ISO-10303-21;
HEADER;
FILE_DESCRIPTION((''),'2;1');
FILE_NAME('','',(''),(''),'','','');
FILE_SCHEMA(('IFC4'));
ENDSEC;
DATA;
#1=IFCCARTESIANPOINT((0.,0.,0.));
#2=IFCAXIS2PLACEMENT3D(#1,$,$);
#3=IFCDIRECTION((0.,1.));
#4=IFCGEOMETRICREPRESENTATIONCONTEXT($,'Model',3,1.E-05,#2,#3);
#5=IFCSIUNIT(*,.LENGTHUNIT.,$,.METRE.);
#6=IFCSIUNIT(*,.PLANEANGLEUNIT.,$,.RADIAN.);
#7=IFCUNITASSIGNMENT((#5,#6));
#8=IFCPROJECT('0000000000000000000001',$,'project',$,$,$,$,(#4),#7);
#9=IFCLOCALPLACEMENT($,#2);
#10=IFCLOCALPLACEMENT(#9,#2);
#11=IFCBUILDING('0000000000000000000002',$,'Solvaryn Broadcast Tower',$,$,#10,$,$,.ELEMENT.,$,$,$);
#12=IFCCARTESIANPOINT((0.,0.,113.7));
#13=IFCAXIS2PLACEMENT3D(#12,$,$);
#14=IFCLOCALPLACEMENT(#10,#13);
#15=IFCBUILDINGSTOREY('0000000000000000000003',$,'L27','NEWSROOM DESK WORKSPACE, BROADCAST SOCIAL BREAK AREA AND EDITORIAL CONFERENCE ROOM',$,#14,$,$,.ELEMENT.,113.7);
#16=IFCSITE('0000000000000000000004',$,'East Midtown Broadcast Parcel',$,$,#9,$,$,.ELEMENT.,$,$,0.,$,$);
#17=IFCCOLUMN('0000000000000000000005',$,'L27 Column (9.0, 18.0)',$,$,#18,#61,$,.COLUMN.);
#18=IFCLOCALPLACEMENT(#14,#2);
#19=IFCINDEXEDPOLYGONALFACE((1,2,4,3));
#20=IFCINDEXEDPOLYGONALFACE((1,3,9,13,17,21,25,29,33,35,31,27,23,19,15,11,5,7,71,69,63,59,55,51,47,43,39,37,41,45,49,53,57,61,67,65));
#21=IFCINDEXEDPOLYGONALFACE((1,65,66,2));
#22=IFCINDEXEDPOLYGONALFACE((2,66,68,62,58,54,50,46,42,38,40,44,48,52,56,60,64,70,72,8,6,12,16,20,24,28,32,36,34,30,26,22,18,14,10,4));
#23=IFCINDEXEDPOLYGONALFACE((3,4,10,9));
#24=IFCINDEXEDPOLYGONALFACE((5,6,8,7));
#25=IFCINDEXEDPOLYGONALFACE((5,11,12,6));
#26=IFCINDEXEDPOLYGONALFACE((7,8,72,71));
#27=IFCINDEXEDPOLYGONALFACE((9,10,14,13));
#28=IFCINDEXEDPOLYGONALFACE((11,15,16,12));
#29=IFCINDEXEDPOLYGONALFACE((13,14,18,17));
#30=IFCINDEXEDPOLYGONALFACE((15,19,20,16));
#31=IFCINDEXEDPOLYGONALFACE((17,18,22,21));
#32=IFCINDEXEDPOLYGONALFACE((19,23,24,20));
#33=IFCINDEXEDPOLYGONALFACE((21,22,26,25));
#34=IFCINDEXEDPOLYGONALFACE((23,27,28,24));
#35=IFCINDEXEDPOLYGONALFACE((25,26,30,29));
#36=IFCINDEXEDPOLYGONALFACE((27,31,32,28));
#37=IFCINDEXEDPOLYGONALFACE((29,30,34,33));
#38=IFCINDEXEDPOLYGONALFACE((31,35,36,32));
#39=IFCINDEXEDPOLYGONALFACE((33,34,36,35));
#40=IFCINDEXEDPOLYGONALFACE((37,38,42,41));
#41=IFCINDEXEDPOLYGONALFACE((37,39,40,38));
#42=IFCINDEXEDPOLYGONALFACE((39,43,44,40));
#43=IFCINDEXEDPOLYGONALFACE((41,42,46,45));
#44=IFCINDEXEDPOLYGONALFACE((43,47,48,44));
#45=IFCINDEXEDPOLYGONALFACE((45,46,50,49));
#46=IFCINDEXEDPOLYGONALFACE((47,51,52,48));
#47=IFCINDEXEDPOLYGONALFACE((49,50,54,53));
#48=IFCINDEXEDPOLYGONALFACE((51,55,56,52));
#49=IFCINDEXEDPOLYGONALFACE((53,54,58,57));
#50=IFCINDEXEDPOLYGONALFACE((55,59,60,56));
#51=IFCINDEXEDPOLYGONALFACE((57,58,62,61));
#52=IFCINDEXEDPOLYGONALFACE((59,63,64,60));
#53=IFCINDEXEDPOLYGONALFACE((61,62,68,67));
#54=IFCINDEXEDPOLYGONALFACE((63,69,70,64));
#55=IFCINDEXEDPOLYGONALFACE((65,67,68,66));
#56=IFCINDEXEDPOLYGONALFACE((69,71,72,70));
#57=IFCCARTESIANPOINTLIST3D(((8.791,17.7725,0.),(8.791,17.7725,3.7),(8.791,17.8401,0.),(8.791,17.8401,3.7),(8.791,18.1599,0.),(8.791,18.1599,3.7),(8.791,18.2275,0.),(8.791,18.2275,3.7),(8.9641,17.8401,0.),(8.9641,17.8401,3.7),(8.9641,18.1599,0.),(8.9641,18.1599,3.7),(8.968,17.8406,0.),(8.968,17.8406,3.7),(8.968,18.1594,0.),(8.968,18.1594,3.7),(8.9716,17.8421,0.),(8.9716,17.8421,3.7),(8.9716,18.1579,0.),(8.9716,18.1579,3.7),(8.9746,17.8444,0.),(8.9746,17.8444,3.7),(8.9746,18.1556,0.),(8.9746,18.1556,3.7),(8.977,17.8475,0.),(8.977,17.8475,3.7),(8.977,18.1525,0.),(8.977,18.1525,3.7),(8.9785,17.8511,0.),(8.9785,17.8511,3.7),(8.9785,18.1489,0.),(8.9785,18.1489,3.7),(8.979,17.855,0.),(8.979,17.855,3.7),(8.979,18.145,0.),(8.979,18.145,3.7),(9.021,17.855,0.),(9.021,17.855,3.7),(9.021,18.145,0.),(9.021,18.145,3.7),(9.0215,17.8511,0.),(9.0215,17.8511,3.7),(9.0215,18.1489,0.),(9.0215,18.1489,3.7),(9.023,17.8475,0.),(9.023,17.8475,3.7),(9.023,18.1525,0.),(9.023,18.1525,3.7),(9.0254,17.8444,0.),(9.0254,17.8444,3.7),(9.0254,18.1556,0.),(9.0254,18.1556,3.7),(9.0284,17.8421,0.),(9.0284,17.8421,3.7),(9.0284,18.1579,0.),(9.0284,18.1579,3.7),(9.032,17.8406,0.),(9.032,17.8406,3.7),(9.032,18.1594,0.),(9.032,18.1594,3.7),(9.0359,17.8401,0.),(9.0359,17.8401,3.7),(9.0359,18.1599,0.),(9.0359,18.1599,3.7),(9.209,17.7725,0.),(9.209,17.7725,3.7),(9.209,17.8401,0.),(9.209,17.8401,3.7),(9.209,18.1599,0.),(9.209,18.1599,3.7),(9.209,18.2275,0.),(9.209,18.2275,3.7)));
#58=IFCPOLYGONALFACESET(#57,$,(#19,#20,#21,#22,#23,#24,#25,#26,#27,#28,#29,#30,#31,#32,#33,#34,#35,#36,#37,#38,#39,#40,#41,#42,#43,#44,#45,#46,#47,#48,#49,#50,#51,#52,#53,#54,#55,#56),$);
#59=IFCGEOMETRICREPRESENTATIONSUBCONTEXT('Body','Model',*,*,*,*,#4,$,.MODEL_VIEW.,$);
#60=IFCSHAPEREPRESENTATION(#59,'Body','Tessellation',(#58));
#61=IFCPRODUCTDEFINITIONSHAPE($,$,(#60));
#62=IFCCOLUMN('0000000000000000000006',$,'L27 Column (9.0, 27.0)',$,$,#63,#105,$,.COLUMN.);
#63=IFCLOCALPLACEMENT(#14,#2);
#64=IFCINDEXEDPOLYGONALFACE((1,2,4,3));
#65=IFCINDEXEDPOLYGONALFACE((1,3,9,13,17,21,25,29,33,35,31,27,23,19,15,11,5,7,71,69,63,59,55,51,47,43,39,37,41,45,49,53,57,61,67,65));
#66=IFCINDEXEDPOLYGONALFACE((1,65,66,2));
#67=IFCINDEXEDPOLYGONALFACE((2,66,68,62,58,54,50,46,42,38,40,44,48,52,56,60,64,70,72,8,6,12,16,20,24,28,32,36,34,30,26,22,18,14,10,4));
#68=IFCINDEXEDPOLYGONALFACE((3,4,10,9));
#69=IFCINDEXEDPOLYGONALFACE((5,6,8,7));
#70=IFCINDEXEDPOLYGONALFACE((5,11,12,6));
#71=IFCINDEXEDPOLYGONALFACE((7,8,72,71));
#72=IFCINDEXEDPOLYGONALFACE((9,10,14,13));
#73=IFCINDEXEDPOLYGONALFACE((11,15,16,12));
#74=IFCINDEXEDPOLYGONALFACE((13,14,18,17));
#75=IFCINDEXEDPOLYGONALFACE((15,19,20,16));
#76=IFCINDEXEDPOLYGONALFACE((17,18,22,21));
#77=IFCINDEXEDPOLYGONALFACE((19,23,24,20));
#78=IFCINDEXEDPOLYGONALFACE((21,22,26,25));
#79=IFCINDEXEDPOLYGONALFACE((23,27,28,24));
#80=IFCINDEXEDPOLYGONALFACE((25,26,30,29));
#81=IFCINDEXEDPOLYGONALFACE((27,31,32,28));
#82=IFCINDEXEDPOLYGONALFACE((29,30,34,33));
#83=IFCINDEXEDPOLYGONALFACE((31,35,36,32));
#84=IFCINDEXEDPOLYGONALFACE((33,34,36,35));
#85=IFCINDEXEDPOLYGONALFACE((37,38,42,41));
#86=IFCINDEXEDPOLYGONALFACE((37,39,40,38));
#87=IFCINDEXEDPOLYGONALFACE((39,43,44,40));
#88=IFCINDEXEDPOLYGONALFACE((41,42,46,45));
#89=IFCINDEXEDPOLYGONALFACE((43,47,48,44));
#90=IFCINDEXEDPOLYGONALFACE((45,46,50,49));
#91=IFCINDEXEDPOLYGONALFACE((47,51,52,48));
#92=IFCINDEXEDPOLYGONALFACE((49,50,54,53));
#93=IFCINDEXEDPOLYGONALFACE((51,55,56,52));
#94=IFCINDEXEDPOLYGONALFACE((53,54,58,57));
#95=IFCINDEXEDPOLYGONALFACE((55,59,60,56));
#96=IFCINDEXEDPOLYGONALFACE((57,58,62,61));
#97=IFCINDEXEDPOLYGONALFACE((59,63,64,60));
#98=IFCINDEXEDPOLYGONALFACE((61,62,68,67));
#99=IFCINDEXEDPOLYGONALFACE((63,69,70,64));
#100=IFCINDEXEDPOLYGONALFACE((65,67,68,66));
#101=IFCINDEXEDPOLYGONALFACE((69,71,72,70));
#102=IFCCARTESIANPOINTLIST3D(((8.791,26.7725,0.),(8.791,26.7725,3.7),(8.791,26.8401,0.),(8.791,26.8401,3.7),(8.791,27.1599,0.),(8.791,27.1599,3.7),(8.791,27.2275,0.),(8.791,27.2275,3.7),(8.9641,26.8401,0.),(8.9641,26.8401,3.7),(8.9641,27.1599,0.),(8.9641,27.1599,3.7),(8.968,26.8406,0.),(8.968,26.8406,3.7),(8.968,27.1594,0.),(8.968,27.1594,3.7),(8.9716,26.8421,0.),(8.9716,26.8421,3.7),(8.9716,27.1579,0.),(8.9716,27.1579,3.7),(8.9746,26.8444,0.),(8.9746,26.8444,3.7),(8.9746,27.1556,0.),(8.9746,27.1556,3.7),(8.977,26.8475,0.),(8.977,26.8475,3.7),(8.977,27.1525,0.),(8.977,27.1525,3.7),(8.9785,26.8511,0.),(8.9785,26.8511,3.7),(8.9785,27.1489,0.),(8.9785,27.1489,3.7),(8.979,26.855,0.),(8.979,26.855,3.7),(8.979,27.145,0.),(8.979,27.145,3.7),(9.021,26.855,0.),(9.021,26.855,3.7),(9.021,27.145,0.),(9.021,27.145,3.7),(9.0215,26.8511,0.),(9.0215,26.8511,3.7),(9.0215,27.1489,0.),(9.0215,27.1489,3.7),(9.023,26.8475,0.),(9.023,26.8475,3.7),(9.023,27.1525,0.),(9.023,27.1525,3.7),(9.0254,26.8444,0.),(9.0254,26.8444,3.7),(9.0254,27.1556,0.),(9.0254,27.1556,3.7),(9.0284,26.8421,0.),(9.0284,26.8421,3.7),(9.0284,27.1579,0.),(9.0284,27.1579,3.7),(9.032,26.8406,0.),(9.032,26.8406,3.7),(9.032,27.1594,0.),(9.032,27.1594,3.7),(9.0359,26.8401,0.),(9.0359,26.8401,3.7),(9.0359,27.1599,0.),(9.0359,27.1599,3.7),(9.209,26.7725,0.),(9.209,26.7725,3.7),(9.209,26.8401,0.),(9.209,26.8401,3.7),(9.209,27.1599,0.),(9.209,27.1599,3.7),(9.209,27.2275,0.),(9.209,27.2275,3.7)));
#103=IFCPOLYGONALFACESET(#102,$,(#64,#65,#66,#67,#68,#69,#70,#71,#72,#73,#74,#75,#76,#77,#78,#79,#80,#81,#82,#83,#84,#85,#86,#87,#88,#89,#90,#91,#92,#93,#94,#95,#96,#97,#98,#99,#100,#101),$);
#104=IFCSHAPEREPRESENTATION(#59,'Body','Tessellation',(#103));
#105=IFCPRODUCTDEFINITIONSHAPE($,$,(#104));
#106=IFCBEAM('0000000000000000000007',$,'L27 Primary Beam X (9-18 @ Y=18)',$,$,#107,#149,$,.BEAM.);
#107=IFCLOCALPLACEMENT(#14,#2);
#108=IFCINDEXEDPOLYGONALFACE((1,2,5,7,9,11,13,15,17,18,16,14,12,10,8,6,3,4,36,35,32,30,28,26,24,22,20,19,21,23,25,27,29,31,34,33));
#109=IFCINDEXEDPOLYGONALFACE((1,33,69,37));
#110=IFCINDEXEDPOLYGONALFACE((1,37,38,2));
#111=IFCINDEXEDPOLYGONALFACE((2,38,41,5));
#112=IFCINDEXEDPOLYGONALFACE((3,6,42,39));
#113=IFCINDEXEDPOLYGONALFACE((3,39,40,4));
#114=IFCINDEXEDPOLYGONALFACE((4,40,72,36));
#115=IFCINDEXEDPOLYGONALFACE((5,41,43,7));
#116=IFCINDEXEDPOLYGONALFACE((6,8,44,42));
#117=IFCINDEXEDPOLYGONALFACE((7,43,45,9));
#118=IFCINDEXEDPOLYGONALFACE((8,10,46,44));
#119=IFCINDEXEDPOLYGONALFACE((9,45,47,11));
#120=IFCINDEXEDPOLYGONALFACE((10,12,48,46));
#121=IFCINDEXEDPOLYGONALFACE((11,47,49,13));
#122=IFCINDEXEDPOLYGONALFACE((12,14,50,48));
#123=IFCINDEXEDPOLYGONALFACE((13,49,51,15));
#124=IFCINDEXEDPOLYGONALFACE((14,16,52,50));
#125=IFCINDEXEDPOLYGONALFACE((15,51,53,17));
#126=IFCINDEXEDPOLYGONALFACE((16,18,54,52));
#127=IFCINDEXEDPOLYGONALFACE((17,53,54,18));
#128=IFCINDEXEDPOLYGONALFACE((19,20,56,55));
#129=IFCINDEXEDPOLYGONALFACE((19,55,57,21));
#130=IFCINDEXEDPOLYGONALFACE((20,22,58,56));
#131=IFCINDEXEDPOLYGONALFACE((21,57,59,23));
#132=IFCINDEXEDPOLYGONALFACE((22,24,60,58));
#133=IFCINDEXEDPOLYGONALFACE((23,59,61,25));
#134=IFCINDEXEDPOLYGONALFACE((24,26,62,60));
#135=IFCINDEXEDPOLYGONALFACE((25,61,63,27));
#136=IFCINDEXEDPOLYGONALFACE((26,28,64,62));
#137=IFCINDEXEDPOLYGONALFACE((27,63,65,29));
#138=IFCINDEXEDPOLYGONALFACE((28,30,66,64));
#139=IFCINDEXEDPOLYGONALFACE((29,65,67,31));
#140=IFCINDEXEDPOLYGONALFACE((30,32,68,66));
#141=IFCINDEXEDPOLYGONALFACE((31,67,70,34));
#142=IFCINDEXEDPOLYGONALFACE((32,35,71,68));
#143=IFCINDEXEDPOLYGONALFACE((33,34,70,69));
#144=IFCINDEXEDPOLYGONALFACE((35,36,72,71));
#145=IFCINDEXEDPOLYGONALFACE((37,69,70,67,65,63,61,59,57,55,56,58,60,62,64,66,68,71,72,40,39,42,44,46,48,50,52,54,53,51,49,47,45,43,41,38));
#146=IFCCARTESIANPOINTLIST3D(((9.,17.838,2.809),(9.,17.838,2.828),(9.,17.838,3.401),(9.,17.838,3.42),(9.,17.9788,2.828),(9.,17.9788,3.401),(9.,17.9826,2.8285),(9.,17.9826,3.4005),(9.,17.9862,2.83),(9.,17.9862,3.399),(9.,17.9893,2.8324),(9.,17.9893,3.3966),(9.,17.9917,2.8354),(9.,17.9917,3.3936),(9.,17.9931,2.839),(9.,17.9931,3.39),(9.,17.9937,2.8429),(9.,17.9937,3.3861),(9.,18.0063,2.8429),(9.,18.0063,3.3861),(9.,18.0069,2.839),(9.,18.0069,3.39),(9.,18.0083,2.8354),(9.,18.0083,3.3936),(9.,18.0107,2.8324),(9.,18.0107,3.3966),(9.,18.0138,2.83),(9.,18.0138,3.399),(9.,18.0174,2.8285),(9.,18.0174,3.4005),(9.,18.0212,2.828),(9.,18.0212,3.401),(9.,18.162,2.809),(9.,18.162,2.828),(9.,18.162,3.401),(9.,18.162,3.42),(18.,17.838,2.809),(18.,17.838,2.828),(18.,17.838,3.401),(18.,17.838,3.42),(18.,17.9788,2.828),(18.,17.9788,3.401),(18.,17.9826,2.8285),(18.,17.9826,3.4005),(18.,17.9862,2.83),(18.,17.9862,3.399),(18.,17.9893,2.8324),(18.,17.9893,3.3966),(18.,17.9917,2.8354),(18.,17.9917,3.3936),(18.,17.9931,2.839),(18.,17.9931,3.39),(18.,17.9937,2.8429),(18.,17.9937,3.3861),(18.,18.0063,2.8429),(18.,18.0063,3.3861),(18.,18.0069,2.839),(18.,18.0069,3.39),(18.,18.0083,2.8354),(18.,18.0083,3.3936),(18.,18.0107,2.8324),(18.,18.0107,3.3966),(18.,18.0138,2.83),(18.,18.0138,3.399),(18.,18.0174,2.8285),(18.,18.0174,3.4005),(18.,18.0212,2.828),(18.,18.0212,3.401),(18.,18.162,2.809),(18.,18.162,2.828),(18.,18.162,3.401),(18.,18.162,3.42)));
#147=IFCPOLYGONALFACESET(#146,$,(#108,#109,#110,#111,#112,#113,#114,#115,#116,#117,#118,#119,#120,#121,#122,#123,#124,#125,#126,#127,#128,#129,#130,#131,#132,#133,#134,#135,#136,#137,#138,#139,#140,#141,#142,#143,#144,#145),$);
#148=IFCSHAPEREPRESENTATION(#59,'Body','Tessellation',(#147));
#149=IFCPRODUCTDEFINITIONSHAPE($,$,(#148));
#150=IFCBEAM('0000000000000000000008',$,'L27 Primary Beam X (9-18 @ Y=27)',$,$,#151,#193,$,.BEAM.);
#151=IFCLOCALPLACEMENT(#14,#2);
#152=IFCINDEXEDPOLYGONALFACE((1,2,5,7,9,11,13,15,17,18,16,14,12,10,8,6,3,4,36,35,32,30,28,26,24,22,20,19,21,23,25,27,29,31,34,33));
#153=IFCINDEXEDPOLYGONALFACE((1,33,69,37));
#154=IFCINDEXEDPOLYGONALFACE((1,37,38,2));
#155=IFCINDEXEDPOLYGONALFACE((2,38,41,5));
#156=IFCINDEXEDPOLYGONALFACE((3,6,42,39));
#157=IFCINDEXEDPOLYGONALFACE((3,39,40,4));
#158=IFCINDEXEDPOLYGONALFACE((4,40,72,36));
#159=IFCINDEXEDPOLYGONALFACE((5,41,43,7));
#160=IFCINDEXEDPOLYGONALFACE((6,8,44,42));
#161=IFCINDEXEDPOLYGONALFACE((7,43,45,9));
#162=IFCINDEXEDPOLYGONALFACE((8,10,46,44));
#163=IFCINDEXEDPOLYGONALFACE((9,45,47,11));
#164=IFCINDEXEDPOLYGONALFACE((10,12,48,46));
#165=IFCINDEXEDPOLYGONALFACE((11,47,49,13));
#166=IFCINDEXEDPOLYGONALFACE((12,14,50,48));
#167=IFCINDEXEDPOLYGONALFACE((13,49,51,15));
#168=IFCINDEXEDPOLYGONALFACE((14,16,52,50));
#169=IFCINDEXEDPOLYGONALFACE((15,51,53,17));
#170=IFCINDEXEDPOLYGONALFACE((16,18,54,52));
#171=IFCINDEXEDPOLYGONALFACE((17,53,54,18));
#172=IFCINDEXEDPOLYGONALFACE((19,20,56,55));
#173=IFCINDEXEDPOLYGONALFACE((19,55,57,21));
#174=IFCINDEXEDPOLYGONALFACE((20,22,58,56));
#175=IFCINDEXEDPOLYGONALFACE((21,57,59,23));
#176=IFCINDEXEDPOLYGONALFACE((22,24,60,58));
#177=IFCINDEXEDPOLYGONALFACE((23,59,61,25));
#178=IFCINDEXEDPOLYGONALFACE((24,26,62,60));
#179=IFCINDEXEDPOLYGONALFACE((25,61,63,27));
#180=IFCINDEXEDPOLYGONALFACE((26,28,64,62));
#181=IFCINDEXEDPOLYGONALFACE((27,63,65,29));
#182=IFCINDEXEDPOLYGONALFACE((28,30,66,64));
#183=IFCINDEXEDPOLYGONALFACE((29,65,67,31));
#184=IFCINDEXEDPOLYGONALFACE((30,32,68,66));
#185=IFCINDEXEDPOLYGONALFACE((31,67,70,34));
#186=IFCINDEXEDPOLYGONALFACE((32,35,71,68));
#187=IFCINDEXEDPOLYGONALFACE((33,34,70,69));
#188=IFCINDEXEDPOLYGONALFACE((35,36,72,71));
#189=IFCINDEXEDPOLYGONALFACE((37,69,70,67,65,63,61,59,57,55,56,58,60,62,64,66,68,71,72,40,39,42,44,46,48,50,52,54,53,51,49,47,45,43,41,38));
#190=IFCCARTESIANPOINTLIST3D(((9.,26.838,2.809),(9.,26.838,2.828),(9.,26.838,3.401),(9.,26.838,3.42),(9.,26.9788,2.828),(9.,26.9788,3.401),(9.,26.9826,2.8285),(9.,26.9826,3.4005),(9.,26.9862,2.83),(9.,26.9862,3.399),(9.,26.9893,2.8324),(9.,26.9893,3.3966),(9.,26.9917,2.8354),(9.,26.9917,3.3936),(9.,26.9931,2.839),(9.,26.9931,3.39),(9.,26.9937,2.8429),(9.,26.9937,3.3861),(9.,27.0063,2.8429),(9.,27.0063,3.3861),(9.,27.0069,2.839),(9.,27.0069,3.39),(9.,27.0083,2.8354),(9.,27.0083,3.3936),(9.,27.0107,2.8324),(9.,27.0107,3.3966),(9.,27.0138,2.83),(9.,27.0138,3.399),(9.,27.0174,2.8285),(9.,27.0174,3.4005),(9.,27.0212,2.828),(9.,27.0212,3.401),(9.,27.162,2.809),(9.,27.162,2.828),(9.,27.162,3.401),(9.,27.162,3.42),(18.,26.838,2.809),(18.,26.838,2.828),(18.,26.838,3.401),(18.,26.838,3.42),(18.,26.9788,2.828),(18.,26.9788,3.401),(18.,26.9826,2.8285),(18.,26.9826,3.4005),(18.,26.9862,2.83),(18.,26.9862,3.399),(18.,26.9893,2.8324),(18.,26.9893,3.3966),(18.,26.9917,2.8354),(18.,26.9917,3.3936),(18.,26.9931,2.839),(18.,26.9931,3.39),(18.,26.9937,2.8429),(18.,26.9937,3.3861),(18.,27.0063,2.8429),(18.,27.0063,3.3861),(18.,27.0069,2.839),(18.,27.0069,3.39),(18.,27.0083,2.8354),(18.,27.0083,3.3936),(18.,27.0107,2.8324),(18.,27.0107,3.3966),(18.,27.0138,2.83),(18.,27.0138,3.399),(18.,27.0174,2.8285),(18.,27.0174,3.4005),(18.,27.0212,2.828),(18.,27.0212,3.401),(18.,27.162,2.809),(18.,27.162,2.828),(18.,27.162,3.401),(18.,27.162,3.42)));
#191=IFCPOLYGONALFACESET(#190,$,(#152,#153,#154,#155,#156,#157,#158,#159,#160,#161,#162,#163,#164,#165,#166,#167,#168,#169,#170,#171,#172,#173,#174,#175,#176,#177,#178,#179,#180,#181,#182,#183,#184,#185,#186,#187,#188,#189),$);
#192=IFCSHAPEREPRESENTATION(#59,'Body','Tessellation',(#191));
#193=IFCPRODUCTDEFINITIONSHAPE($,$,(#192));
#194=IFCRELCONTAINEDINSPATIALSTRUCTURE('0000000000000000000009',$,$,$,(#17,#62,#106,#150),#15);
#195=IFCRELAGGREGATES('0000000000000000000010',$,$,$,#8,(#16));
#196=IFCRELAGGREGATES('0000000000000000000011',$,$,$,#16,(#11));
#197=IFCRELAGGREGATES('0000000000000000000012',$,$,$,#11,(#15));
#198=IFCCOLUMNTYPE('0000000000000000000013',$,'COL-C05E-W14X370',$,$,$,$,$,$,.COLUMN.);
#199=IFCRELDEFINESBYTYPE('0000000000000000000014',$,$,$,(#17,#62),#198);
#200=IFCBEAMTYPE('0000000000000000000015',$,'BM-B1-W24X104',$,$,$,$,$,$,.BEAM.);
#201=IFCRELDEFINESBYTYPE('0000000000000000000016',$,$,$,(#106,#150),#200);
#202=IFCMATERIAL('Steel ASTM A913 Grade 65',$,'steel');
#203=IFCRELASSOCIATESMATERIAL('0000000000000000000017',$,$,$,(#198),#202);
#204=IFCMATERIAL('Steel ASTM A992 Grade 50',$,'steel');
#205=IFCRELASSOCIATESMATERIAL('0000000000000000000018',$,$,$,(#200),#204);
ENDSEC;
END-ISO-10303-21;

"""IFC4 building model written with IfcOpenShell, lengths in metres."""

from ifc_helpers import new_model, si_unit, direction, frame, origin, origin_2d, place, context, subcontext, project, spatial, i_section, extrude, material, material_profile, profile_set, type_object, element, save


model = new_model("IFC4")

# Units and contexts
model_context = context("Model", 3, precision=1e-05, world=origin(), true_north=direction((0.0, 1.0)))
body_context = subcontext(model_context, "Body", "Model", "MODEL_VIEW")
ifc_project = project(units=[si_unit("LENGTHUNIT", "METRE"), si_unit("PLANEANGLEUNIT", "RADIAN")], contexts=[model_context])

# Site, building, storey
site_placement = place(None, origin())
site = spatial("IfcSite", under=ifc_project, at=site_placement, Name="East Midtown Broadcast Parcel", CompositionType="ELEMENT", RefElevation=0.0)
building_placement = place(site_placement, origin())
building = spatial("IfcBuilding", under=site, at=building_placement, Name="Solvaryn Broadcast Tower", CompositionType="ELEMENT")
storey_placement = place(building_placement, frame((0.0, 0.0, 113.7)))
storey = spatial("IfcBuildingStorey", under=building, at=storey_placement, Name="L27", Description="NEWSROOM DESK WORKSPACE, BROADCAST SOCIAL BREAK AREA AND EDITORIAL CONFERENCE ROOM", CompositionType="ELEMENT", Elevation=113.7)

# Columns
ifc_material_1 = material(Name="Steel ASTM A913 Grade 65", Category="steel")
ifc_material_profile_1 = material_profile(ifc_material_1, i_section(OverallWidth=0.418, OverallDepth=0.4551, WebThickness=0.042, FlangeThickness=0.0676, FilletRadius=0.0149, at=origin_2d()))
ifc_profile_set_1 = profile_set([ifc_material_profile_1], Name="Steel ASTM A913 Grade 65")
column_type = type_object("IfcColumnType", Name="COL-C05E-W14X370", PredefinedType="COLUMN", material=ifc_profile_set_1)
for number, where, z_axis, x_axis, name in (
    (1, (9.0, 18.0, 0.0), (0.0, 0.0, 1.0), (1.0, 0.0, 0.0), "L27 Column (9.0, 18.0)"),
    (2, (9.0, 27.0, 0.0), (0.0, 0.0, 1.0), (1.0, 0.0, 0.0), "L27 Column (9.0, 27.0)"),
):
    element("IfcColumn", number, at=place(storey_placement, frame(where, z_axis=z_axis, x_axis=x_axis)), inside=storey, type_object=column_type, Name=name, PredefinedType="COLUMN", context=body_context, shape_type="SweptSolid", body=[
        extrude(i_section(OverallWidth=0.418, OverallDepth=0.4551, WebThickness=0.042, FlangeThickness=0.0676, FilletRadius=0.0149, at=origin_2d()), origin(), (0.0, 0.0, 1.0), 3.7),
    ])

# Beams
ifc_material_2 = material(Name="Steel ASTM A992 Grade 50", Category="steel")
ifc_material_profile_2 = material_profile(ifc_material_2, i_section(OverallWidth=0.324, OverallDepth=0.6111, WebThickness=0.0127, FlangeThickness=0.019, FilletRadius=0.0149, at=origin_2d()))
ifc_profile_set_2 = profile_set([ifc_material_profile_2], Name="Steel ASTM A992 Grade 50")
beam_type_1 = type_object("IfcBeamType", Name="BM-B1-W24X104", PredefinedType="BEAM", material=ifc_profile_set_2)
for number, where, z_axis, x_axis, name in (
    (3, (9.0, 18.0, 3.1145), (1.0, 0.0, 0.0), (0.0, 1.0, 0.0), "L27 Primary Beam X (9-18 @ Y=18)"),
    (4, (9.0, 27.0, 3.1145), (1.0, 0.0, 0.0), (0.0, 1.0, 0.0), "L27 Primary Beam X (9-18 @ Y=27)"),
):
    element("IfcBeam", number, at=place(storey_placement, frame(where, z_axis=z_axis, x_axis=x_axis)), inside=storey, type_object=beam_type_1, Name=name, PredefinedType="BEAM", context=body_context, shape_type="SweptSolid", body=[
        extrude(i_section(OverallWidth=0.324, OverallDepth=0.6111, WebThickness=0.0127, FlangeThickness=0.019, FilletRadius=0.0149, at=origin_2d()), origin(), (0.0, 0.0, 1.0), 9.0),
    ])

save(model, "model.ifc")
